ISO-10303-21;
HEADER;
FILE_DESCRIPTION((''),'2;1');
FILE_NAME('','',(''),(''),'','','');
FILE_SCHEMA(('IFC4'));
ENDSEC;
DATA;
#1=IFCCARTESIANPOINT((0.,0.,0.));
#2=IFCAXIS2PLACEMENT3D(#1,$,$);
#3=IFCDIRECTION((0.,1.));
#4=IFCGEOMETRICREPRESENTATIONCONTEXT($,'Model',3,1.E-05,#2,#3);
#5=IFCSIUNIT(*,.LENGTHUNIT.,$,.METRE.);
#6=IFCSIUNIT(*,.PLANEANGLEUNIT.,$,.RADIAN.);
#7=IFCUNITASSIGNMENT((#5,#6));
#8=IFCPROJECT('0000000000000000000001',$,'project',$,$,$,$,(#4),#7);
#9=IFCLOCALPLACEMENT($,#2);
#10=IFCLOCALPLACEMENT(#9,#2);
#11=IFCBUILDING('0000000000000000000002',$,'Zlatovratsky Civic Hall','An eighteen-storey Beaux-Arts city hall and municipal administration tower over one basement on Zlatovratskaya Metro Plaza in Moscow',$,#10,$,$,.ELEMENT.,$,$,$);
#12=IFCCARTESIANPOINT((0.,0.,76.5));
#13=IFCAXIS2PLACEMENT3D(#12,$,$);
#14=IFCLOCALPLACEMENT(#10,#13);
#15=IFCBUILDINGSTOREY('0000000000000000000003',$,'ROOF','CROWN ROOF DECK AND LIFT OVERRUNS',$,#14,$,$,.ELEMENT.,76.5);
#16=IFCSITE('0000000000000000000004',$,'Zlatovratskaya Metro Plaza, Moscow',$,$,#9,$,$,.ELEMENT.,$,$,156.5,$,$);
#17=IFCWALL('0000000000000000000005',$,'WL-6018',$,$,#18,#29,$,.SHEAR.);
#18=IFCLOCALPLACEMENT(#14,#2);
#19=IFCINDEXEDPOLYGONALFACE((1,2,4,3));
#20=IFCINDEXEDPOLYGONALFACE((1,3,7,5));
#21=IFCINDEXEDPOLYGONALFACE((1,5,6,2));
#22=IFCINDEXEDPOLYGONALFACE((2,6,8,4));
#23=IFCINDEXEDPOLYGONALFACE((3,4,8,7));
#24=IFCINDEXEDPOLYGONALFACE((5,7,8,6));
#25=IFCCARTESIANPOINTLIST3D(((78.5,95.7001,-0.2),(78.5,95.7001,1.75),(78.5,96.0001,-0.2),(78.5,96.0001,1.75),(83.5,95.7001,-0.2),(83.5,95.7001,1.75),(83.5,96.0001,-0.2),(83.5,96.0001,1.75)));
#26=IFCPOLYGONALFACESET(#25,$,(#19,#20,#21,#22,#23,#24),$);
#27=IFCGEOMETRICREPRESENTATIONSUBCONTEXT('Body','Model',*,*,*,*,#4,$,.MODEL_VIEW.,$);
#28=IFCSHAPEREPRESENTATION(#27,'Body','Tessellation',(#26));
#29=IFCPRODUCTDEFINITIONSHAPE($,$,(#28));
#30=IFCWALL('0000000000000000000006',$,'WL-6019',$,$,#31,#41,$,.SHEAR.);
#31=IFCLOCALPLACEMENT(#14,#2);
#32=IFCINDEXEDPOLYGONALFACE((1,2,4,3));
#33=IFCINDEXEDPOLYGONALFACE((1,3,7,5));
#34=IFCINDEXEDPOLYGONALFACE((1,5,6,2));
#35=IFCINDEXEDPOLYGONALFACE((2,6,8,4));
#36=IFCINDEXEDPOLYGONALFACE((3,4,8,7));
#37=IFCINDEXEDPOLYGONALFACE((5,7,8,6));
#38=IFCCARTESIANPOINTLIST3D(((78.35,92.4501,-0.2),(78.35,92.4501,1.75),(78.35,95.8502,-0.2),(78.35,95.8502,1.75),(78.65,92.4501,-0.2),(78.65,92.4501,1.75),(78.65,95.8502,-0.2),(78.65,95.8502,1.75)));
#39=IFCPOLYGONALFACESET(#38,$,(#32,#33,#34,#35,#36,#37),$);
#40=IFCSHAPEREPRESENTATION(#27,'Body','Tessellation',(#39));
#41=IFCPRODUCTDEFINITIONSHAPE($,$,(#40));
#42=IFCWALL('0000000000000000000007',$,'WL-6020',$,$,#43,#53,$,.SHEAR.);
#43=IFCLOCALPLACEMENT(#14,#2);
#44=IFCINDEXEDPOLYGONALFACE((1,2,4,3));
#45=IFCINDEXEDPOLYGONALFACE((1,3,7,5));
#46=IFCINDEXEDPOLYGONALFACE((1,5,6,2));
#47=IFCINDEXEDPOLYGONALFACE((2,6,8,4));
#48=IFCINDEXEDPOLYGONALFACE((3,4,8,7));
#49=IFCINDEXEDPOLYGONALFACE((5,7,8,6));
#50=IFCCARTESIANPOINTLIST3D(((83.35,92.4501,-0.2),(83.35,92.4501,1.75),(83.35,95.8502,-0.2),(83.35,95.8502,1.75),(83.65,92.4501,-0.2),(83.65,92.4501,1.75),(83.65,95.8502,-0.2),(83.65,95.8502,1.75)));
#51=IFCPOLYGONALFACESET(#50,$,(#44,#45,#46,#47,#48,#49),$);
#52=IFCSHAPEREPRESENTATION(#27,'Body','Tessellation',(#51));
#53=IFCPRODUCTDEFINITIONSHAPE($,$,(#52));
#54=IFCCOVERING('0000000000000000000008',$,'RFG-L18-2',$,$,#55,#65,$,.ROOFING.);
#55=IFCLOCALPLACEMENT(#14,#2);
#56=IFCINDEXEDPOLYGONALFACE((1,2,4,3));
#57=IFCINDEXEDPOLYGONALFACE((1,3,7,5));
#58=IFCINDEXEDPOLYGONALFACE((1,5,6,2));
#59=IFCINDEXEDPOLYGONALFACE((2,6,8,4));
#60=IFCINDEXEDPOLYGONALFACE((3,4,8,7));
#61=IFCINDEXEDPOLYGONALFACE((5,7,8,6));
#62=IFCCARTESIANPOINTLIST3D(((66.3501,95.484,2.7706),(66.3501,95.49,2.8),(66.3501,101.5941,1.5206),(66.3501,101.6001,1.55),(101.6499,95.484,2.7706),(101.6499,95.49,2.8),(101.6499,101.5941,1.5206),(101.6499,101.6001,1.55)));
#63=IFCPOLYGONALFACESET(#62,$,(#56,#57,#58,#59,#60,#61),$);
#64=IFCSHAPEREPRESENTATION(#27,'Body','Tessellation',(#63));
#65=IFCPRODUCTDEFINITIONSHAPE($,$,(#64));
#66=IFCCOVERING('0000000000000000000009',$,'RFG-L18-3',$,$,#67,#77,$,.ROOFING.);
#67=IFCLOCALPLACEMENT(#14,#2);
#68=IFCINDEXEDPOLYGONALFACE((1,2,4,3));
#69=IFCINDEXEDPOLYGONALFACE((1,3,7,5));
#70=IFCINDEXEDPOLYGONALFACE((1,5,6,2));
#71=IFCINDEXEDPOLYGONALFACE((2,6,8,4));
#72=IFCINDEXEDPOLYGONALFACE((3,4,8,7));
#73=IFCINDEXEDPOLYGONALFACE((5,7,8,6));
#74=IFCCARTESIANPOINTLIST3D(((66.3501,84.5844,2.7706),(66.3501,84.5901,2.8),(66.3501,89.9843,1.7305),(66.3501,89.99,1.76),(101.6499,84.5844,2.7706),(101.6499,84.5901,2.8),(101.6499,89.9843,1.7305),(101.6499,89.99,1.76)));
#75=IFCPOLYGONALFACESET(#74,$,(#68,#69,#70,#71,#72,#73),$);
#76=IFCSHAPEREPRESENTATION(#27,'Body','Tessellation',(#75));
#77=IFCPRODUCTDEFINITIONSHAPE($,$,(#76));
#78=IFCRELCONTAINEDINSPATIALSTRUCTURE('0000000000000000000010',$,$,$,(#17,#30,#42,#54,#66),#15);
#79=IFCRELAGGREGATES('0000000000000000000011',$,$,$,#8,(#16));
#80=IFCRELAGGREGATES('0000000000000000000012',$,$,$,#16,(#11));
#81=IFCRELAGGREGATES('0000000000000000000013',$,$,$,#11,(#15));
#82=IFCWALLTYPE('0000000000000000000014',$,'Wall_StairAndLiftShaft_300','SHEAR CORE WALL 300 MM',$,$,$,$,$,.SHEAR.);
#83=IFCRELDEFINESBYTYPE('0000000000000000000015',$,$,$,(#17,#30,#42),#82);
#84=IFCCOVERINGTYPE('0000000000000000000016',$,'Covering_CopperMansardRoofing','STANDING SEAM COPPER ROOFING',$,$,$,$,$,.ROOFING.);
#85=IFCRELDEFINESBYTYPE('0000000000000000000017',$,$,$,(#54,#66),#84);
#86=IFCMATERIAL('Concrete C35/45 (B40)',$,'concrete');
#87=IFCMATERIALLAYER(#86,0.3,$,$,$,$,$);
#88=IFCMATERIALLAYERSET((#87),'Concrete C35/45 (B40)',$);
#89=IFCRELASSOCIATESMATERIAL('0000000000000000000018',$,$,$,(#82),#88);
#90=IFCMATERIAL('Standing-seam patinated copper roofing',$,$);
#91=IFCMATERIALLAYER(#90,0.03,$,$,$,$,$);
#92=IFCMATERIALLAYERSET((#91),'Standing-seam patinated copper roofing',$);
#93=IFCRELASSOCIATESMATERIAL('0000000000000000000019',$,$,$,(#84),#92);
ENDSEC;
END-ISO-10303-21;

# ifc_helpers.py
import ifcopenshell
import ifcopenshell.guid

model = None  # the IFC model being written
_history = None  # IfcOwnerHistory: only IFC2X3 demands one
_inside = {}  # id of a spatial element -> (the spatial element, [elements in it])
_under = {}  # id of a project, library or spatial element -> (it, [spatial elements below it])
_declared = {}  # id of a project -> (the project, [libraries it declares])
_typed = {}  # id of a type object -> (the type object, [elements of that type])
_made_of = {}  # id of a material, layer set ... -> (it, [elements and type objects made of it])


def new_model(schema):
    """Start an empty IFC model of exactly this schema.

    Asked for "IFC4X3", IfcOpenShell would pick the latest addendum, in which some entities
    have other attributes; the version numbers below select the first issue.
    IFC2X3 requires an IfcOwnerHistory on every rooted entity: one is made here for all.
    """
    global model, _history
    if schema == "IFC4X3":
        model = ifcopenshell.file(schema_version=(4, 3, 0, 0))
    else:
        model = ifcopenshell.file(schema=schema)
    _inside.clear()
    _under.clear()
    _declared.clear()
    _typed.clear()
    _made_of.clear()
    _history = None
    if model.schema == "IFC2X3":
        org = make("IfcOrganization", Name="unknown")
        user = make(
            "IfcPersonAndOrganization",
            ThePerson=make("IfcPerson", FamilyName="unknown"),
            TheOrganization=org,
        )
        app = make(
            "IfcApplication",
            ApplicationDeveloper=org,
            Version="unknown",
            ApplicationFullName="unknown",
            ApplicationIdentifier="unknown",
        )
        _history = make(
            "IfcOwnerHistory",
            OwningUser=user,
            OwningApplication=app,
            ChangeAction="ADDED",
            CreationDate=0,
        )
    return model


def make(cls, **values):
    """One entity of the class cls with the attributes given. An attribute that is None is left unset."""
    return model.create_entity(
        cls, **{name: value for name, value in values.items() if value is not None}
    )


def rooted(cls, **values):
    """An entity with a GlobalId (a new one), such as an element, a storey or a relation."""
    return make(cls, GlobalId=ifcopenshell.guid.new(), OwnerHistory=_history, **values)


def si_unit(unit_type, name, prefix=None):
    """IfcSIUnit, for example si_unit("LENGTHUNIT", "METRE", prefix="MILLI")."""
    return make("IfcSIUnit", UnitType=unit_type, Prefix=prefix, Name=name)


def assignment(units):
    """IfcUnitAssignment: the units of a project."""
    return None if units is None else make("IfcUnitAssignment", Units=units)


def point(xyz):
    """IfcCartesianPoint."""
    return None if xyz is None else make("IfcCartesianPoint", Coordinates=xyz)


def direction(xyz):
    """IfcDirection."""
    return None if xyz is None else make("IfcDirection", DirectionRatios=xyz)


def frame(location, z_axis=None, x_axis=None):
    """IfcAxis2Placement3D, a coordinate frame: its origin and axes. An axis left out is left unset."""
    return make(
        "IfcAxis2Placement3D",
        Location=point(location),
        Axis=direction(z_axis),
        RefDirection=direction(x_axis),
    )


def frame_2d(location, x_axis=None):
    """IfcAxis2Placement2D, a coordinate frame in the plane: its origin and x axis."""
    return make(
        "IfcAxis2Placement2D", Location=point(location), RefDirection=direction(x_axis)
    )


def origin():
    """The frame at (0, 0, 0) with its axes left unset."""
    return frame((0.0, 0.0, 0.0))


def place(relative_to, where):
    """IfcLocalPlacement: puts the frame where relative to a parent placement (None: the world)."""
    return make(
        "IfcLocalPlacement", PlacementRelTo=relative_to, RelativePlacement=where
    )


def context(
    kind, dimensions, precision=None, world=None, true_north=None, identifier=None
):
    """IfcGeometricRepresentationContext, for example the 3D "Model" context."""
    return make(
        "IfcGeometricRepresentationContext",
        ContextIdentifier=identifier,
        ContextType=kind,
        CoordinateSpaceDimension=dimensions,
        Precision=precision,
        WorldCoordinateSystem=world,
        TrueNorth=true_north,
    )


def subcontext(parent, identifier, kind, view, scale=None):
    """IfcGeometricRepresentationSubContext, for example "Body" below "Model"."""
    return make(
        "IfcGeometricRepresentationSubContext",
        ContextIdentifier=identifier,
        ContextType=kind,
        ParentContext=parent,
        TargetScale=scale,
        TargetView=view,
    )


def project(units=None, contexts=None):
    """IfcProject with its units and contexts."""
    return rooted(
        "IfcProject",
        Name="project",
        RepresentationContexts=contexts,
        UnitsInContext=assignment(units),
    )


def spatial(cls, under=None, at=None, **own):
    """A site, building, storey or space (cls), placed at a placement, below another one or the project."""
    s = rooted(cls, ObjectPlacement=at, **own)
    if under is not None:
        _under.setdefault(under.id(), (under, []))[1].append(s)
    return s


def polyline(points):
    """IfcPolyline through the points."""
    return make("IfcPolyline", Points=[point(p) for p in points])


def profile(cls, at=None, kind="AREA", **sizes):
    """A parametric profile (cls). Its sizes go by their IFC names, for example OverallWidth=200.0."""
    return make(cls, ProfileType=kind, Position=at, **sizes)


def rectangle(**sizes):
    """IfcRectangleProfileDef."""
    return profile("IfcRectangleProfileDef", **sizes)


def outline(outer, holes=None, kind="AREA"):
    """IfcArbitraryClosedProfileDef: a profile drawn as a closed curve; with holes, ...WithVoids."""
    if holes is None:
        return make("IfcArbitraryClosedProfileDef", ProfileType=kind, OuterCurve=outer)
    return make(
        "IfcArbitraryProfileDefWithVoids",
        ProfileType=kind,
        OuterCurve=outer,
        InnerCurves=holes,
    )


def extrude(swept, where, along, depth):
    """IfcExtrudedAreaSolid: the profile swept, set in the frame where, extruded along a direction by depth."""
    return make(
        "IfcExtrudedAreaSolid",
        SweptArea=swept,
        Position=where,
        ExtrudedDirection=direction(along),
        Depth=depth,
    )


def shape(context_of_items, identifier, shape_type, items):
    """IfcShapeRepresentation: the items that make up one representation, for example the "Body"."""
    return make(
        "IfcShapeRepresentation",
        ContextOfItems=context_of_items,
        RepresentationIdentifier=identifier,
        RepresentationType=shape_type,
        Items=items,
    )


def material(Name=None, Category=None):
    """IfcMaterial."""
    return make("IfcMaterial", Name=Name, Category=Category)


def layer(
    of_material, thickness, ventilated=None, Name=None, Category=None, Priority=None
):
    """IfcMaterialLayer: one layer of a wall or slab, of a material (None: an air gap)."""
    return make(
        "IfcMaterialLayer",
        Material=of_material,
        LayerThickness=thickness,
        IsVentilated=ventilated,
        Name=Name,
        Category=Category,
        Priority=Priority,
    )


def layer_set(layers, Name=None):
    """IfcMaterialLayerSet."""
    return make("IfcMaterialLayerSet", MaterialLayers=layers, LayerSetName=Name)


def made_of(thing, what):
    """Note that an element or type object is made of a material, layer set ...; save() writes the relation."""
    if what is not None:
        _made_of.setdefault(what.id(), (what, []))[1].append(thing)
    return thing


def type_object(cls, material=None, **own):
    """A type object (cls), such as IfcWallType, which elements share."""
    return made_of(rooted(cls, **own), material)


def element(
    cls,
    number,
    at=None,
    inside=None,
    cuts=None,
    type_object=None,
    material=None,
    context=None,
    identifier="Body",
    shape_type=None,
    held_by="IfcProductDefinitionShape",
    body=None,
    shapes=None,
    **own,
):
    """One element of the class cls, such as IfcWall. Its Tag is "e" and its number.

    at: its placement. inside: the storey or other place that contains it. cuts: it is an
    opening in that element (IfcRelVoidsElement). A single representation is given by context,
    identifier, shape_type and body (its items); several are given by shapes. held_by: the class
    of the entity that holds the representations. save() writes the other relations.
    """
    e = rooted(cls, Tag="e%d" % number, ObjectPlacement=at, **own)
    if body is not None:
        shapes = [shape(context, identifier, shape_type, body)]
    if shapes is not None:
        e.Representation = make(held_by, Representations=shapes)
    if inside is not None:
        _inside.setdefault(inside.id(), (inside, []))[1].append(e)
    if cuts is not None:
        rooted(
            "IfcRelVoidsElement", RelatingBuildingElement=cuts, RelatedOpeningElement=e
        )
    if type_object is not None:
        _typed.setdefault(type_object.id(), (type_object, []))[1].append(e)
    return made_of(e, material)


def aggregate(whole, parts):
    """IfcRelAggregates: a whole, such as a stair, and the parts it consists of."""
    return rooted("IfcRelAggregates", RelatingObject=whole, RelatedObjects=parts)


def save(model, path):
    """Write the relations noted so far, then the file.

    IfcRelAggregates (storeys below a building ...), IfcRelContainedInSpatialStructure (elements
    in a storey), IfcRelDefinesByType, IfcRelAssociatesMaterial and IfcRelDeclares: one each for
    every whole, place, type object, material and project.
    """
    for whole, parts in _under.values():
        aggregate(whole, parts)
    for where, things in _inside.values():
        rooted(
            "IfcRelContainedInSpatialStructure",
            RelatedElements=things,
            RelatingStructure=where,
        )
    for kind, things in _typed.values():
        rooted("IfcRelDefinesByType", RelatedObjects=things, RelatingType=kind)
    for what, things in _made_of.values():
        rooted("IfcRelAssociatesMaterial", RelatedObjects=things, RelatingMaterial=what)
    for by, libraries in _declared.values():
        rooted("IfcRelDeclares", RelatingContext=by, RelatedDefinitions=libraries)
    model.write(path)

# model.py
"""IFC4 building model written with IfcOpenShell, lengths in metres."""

from ifc_helpers import new_model, si_unit, direction, frame, frame_2d, origin, place, context, subcontext, project, spatial, polyline, rectangle, outline, extrude, material, layer, layer_set, type_object, element, save


model = new_model("IFC4")

# Units and contexts
model_context = context("Model", 3, precision=1e-05, world=origin(), true_north=direction((0.0, 1.0)))
body_context = subcontext(model_context, "Body", "Model", "MODEL_VIEW")
ifc_project = project(units=[si_unit("LENGTHUNIT", "METRE"), si_unit("PLANEANGLEUNIT", "RADIAN")], contexts=[model_context])

# Site, building, storey
site_placement = place(None, origin())
site = spatial("IfcSite", under=ifc_project, at=site_placement, Name="Zlatovratskaya Metro Plaza, Moscow", CompositionType="ELEMENT", RefElevation=156.5)
building_placement = place(site_placement, origin())
building = spatial("IfcBuilding", under=site, at=building_placement, Name="Zlatovratsky Civic Hall", Description="An eighteen-storey Beaux-Arts city hall and municipal administration tower over one basement on Zlatovratskaya Metro Plaza in Moscow", CompositionType="ELEMENT")
storey_placement = place(building_placement, frame((0.0, 0.0, 76.5)))
storey = spatial("IfcBuildingStorey", under=building, at=storey_placement, Name="ROOF", Description="CROWN ROOF DECK AND LIFT OVERRUNS", CompositionType="ELEMENT", Elevation=76.5)

# Walls
ifc_material_1 = material(Name="Concrete C35/45 (B40)", Category="concrete")
ifc_layer_1 = layer(ifc_material_1, 0.3)
ifc_layer_set_1 = layer_set([ifc_layer_1], Name="Concrete C35/45 (B40)")
wall_type = type_object("IfcWallType", Name="Wall_StairAndLiftShaft_300", Description="SHEAR CORE WALL 300 MM", PredefinedType="SHEAR", material=ifc_layer_set_1)
for number, where, z_axis, x_axis, name in (
    (1, (78.5, 95.8501, -0.2), (0.0, 0.0, 1.0), (1.0, 0.0, 0.0), "WL-6018"),
):
    element("IfcWall", number, at=place(storey_placement, frame(where, z_axis=z_axis, x_axis=x_axis)), inside=storey, type_object=wall_type, Name=name, PredefinedType="SHEAR", context=body_context, shape_type="SweptSolid", body=[
        extrude(rectangle(XDim=5.0, YDim=0.3, at=frame_2d((2.5, 0.0))), origin(), (0.0, 0.0, 1.0), 1.95),
    ])
for number, where, z_axis, x_axis, name in (
    (2, (78.5, 92.45, -0.2), (0.0, 0.0, 1.0), (0.0, 1.0, 0.0), "WL-6019"),
    (3, (83.5, 92.45, -0.2), (0.0, 0.0, 1.0), (0.0, 1.0, 0.0), "WL-6020"),
):
    element("IfcWall", number, at=place(storey_placement, frame(where, z_axis=z_axis, x_axis=x_axis)), inside=storey, type_object=wall_type, Name=name, PredefinedType="SHEAR", context=body_context, shape_type="SweptSolid", body=[
        extrude(rectangle(XDim=3.4001, YDim=0.3, at=frame_2d((1.7002, 0.0))), origin(), (0.0, 0.0, 1.0), 1.95),
    ])

# Coverings
ifc_material_2 = material(Name="Standing-seam patinated copper roofing")
ifc_layer_2 = layer(ifc_material_2, 0.03)
ifc_layer_set_2 = layer_set([ifc_layer_2], Name="Standing-seam patinated copper roofing")
covering_type = type_object("IfcCoveringType", Name="Covering_CopperMansardRoofing", Description="STANDING SEAM COPPER ROOFING", PredefinedType="ROOFING", material=ifc_layer_set_2)
covering_1_placement = place(storey_placement, frame((101.6499, 101.6001, 1.55), z_axis=(0.0, 0.200428, 0.979708), x_axis=(-1.0, 0.0, 0.0)))
element("IfcCovering", 4, at=covering_1_placement, inside=storey, type_object=covering_type, Name="RFG-L18-2", PredefinedType="ROOFING", context=body_context, shape_type="SweptSolid", body=[
    extrude(outline(polyline([(0.0, 0.0), (35.2998, 0.0), (35.2998, 6.2367), (0.0, 6.2367), (0.0, 0.0)])), origin(), (0.0, 0.0, -1.0), 0.03),
])
covering_2_placement = place(storey_placement, frame((101.6499, 84.5901, 2.8), z_axis=(0.0, 0.189127, 0.981953), x_axis=(-1.0, 0.0, 0.0)))
element("IfcCovering", 5, at=covering_2_placement, inside=storey, type_object=covering_type, Name="RFG-L18-3", PredefinedType="ROOFING", context=body_context, shape_type="SweptSolid", body=[
    extrude(outline(polyline([(0.0, 0.0), (35.2998, 0.0), (35.2998, -5.4991), (0.0, -5.4991), (0.0, 0.0)])), origin(), (0.0, 0.0, -1.0), 0.03),
])

save(model, "model.ifc")
